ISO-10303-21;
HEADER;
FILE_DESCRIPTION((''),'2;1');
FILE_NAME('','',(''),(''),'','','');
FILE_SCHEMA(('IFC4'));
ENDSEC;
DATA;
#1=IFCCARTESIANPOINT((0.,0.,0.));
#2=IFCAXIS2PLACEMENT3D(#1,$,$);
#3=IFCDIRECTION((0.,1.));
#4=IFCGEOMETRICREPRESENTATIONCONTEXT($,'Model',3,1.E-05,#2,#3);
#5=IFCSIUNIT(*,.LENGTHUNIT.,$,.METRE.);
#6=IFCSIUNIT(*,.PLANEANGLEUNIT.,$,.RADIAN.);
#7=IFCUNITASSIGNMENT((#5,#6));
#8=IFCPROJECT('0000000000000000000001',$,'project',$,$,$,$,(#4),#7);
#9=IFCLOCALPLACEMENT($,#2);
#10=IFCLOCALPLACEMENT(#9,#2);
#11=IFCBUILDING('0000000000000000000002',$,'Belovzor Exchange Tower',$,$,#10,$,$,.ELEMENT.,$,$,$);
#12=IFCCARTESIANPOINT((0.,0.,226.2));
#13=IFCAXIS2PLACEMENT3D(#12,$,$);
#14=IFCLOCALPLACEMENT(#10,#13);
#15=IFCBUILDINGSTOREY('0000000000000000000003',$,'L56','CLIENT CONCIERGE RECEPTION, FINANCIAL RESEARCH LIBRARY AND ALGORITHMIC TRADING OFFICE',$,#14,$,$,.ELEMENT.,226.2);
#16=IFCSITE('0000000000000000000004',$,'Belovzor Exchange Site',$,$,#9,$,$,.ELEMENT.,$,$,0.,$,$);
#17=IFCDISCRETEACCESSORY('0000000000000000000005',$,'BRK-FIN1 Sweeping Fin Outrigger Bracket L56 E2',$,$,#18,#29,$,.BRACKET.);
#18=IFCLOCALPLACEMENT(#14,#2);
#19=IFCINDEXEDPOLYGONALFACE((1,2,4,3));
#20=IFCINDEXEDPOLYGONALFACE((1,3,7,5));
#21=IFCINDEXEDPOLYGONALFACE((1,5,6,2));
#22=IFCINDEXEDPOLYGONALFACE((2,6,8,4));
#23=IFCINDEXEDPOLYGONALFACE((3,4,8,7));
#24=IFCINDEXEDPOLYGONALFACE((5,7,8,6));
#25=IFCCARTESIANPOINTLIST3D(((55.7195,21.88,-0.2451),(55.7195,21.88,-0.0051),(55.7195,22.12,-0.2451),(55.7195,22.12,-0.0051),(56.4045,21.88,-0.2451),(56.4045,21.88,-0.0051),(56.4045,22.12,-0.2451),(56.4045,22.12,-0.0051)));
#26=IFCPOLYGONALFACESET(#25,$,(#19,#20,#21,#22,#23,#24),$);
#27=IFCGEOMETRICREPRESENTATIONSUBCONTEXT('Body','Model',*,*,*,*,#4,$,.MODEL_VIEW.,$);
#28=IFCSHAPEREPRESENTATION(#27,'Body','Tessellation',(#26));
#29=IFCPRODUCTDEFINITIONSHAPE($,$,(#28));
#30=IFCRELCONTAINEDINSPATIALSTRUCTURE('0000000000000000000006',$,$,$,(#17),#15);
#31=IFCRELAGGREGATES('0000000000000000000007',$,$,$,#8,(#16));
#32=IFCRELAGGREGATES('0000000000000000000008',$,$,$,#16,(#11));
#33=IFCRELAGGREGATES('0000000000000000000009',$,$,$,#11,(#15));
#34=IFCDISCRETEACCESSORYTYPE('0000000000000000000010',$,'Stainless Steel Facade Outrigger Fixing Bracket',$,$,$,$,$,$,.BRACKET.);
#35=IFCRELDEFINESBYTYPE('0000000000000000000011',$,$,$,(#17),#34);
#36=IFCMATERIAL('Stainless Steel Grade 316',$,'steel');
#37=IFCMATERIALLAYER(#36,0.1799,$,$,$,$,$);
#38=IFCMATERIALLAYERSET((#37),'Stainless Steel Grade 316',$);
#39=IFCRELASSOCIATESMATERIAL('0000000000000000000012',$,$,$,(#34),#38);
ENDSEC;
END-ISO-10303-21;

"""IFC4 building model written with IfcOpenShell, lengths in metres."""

from ifc_helpers import new_model, si_unit, direction, frame, origin, origin_2d, place, context, subcontext, project, spatial, rectangle, extrude, material, layer, layer_set, type_object, element, save


model = new_model("IFC4")

# Units and contexts
model_context = context("Model", 3, precision=1e-05, world=origin(), true_north=direction((0.0, 1.0)))
body_context = subcontext(model_context, "Body", "Model", "MODEL_VIEW")
ifc_project = project(units=[si_unit("LENGTHUNIT", "METRE"), si_unit("PLANEANGLEUNIT", "RADIAN")], contexts=[model_context])

# Site, building, storey
site_placement = place(None, origin())
site = spatial("IfcSite", under=ifc_project, at=site_placement, Name="Belovzor Exchange Site", CompositionType="ELEMENT", RefElevation=0.0)
building_placement = place(site_placement, origin())
building = spatial("IfcBuilding", under=site, at=building_placement, Name="Belovzor Exchange Tower", CompositionType="ELEMENT")
storey_placement = place(building_placement, frame((0.0, 0.0, 226.2)))
storey = spatial("IfcBuildingStorey", under=building, at=storey_placement, Name="L56", Description="CLIENT CONCIERGE RECEPTION, FINANCIAL RESEARCH LIBRARY AND ALGORITHMIC TRADING OFFICE", CompositionType="ELEMENT", Elevation=226.2)

# Discrete accessory
ifc_material_1 = material(Name="Stainless Steel Grade 316", Category="steel")
ifc_layer_1 = layer(ifc_material_1, 0.1799)
ifc_layer_set_1 = layer_set([ifc_layer_1], Name="Stainless Steel Grade 316")
discrete_accessory_type = type_object("IfcDiscreteAccessoryType", Name="Stainless Steel Facade Outrigger Fixing Bracket", PredefinedType="BRACKET", material=ifc_layer_set_1)
discrete_accessory_placement = place(storey_placement, frame((56.062, 22.0, -0.2451), z_axis=(0.0, 0.0, 1.0), x_axis=(1.0, 0.0, 0.0)))
element("IfcDiscreteAccessory", 1, at=discrete_accessory_placement, inside=storey, type_object=discrete_accessory_type, Name="BRK-FIN1 Sweeping Fin Outrigger Bracket L56 E2", PredefinedType="BRACKET", context=body_context, shape_type="SweptSolid", body=[
    extrude(rectangle(XDim=0.6851, YDim=0.24, at=origin_2d()), origin(), (0.0, 0.0, 1.0), 0.24),
])

save(model, "model.ifc")
